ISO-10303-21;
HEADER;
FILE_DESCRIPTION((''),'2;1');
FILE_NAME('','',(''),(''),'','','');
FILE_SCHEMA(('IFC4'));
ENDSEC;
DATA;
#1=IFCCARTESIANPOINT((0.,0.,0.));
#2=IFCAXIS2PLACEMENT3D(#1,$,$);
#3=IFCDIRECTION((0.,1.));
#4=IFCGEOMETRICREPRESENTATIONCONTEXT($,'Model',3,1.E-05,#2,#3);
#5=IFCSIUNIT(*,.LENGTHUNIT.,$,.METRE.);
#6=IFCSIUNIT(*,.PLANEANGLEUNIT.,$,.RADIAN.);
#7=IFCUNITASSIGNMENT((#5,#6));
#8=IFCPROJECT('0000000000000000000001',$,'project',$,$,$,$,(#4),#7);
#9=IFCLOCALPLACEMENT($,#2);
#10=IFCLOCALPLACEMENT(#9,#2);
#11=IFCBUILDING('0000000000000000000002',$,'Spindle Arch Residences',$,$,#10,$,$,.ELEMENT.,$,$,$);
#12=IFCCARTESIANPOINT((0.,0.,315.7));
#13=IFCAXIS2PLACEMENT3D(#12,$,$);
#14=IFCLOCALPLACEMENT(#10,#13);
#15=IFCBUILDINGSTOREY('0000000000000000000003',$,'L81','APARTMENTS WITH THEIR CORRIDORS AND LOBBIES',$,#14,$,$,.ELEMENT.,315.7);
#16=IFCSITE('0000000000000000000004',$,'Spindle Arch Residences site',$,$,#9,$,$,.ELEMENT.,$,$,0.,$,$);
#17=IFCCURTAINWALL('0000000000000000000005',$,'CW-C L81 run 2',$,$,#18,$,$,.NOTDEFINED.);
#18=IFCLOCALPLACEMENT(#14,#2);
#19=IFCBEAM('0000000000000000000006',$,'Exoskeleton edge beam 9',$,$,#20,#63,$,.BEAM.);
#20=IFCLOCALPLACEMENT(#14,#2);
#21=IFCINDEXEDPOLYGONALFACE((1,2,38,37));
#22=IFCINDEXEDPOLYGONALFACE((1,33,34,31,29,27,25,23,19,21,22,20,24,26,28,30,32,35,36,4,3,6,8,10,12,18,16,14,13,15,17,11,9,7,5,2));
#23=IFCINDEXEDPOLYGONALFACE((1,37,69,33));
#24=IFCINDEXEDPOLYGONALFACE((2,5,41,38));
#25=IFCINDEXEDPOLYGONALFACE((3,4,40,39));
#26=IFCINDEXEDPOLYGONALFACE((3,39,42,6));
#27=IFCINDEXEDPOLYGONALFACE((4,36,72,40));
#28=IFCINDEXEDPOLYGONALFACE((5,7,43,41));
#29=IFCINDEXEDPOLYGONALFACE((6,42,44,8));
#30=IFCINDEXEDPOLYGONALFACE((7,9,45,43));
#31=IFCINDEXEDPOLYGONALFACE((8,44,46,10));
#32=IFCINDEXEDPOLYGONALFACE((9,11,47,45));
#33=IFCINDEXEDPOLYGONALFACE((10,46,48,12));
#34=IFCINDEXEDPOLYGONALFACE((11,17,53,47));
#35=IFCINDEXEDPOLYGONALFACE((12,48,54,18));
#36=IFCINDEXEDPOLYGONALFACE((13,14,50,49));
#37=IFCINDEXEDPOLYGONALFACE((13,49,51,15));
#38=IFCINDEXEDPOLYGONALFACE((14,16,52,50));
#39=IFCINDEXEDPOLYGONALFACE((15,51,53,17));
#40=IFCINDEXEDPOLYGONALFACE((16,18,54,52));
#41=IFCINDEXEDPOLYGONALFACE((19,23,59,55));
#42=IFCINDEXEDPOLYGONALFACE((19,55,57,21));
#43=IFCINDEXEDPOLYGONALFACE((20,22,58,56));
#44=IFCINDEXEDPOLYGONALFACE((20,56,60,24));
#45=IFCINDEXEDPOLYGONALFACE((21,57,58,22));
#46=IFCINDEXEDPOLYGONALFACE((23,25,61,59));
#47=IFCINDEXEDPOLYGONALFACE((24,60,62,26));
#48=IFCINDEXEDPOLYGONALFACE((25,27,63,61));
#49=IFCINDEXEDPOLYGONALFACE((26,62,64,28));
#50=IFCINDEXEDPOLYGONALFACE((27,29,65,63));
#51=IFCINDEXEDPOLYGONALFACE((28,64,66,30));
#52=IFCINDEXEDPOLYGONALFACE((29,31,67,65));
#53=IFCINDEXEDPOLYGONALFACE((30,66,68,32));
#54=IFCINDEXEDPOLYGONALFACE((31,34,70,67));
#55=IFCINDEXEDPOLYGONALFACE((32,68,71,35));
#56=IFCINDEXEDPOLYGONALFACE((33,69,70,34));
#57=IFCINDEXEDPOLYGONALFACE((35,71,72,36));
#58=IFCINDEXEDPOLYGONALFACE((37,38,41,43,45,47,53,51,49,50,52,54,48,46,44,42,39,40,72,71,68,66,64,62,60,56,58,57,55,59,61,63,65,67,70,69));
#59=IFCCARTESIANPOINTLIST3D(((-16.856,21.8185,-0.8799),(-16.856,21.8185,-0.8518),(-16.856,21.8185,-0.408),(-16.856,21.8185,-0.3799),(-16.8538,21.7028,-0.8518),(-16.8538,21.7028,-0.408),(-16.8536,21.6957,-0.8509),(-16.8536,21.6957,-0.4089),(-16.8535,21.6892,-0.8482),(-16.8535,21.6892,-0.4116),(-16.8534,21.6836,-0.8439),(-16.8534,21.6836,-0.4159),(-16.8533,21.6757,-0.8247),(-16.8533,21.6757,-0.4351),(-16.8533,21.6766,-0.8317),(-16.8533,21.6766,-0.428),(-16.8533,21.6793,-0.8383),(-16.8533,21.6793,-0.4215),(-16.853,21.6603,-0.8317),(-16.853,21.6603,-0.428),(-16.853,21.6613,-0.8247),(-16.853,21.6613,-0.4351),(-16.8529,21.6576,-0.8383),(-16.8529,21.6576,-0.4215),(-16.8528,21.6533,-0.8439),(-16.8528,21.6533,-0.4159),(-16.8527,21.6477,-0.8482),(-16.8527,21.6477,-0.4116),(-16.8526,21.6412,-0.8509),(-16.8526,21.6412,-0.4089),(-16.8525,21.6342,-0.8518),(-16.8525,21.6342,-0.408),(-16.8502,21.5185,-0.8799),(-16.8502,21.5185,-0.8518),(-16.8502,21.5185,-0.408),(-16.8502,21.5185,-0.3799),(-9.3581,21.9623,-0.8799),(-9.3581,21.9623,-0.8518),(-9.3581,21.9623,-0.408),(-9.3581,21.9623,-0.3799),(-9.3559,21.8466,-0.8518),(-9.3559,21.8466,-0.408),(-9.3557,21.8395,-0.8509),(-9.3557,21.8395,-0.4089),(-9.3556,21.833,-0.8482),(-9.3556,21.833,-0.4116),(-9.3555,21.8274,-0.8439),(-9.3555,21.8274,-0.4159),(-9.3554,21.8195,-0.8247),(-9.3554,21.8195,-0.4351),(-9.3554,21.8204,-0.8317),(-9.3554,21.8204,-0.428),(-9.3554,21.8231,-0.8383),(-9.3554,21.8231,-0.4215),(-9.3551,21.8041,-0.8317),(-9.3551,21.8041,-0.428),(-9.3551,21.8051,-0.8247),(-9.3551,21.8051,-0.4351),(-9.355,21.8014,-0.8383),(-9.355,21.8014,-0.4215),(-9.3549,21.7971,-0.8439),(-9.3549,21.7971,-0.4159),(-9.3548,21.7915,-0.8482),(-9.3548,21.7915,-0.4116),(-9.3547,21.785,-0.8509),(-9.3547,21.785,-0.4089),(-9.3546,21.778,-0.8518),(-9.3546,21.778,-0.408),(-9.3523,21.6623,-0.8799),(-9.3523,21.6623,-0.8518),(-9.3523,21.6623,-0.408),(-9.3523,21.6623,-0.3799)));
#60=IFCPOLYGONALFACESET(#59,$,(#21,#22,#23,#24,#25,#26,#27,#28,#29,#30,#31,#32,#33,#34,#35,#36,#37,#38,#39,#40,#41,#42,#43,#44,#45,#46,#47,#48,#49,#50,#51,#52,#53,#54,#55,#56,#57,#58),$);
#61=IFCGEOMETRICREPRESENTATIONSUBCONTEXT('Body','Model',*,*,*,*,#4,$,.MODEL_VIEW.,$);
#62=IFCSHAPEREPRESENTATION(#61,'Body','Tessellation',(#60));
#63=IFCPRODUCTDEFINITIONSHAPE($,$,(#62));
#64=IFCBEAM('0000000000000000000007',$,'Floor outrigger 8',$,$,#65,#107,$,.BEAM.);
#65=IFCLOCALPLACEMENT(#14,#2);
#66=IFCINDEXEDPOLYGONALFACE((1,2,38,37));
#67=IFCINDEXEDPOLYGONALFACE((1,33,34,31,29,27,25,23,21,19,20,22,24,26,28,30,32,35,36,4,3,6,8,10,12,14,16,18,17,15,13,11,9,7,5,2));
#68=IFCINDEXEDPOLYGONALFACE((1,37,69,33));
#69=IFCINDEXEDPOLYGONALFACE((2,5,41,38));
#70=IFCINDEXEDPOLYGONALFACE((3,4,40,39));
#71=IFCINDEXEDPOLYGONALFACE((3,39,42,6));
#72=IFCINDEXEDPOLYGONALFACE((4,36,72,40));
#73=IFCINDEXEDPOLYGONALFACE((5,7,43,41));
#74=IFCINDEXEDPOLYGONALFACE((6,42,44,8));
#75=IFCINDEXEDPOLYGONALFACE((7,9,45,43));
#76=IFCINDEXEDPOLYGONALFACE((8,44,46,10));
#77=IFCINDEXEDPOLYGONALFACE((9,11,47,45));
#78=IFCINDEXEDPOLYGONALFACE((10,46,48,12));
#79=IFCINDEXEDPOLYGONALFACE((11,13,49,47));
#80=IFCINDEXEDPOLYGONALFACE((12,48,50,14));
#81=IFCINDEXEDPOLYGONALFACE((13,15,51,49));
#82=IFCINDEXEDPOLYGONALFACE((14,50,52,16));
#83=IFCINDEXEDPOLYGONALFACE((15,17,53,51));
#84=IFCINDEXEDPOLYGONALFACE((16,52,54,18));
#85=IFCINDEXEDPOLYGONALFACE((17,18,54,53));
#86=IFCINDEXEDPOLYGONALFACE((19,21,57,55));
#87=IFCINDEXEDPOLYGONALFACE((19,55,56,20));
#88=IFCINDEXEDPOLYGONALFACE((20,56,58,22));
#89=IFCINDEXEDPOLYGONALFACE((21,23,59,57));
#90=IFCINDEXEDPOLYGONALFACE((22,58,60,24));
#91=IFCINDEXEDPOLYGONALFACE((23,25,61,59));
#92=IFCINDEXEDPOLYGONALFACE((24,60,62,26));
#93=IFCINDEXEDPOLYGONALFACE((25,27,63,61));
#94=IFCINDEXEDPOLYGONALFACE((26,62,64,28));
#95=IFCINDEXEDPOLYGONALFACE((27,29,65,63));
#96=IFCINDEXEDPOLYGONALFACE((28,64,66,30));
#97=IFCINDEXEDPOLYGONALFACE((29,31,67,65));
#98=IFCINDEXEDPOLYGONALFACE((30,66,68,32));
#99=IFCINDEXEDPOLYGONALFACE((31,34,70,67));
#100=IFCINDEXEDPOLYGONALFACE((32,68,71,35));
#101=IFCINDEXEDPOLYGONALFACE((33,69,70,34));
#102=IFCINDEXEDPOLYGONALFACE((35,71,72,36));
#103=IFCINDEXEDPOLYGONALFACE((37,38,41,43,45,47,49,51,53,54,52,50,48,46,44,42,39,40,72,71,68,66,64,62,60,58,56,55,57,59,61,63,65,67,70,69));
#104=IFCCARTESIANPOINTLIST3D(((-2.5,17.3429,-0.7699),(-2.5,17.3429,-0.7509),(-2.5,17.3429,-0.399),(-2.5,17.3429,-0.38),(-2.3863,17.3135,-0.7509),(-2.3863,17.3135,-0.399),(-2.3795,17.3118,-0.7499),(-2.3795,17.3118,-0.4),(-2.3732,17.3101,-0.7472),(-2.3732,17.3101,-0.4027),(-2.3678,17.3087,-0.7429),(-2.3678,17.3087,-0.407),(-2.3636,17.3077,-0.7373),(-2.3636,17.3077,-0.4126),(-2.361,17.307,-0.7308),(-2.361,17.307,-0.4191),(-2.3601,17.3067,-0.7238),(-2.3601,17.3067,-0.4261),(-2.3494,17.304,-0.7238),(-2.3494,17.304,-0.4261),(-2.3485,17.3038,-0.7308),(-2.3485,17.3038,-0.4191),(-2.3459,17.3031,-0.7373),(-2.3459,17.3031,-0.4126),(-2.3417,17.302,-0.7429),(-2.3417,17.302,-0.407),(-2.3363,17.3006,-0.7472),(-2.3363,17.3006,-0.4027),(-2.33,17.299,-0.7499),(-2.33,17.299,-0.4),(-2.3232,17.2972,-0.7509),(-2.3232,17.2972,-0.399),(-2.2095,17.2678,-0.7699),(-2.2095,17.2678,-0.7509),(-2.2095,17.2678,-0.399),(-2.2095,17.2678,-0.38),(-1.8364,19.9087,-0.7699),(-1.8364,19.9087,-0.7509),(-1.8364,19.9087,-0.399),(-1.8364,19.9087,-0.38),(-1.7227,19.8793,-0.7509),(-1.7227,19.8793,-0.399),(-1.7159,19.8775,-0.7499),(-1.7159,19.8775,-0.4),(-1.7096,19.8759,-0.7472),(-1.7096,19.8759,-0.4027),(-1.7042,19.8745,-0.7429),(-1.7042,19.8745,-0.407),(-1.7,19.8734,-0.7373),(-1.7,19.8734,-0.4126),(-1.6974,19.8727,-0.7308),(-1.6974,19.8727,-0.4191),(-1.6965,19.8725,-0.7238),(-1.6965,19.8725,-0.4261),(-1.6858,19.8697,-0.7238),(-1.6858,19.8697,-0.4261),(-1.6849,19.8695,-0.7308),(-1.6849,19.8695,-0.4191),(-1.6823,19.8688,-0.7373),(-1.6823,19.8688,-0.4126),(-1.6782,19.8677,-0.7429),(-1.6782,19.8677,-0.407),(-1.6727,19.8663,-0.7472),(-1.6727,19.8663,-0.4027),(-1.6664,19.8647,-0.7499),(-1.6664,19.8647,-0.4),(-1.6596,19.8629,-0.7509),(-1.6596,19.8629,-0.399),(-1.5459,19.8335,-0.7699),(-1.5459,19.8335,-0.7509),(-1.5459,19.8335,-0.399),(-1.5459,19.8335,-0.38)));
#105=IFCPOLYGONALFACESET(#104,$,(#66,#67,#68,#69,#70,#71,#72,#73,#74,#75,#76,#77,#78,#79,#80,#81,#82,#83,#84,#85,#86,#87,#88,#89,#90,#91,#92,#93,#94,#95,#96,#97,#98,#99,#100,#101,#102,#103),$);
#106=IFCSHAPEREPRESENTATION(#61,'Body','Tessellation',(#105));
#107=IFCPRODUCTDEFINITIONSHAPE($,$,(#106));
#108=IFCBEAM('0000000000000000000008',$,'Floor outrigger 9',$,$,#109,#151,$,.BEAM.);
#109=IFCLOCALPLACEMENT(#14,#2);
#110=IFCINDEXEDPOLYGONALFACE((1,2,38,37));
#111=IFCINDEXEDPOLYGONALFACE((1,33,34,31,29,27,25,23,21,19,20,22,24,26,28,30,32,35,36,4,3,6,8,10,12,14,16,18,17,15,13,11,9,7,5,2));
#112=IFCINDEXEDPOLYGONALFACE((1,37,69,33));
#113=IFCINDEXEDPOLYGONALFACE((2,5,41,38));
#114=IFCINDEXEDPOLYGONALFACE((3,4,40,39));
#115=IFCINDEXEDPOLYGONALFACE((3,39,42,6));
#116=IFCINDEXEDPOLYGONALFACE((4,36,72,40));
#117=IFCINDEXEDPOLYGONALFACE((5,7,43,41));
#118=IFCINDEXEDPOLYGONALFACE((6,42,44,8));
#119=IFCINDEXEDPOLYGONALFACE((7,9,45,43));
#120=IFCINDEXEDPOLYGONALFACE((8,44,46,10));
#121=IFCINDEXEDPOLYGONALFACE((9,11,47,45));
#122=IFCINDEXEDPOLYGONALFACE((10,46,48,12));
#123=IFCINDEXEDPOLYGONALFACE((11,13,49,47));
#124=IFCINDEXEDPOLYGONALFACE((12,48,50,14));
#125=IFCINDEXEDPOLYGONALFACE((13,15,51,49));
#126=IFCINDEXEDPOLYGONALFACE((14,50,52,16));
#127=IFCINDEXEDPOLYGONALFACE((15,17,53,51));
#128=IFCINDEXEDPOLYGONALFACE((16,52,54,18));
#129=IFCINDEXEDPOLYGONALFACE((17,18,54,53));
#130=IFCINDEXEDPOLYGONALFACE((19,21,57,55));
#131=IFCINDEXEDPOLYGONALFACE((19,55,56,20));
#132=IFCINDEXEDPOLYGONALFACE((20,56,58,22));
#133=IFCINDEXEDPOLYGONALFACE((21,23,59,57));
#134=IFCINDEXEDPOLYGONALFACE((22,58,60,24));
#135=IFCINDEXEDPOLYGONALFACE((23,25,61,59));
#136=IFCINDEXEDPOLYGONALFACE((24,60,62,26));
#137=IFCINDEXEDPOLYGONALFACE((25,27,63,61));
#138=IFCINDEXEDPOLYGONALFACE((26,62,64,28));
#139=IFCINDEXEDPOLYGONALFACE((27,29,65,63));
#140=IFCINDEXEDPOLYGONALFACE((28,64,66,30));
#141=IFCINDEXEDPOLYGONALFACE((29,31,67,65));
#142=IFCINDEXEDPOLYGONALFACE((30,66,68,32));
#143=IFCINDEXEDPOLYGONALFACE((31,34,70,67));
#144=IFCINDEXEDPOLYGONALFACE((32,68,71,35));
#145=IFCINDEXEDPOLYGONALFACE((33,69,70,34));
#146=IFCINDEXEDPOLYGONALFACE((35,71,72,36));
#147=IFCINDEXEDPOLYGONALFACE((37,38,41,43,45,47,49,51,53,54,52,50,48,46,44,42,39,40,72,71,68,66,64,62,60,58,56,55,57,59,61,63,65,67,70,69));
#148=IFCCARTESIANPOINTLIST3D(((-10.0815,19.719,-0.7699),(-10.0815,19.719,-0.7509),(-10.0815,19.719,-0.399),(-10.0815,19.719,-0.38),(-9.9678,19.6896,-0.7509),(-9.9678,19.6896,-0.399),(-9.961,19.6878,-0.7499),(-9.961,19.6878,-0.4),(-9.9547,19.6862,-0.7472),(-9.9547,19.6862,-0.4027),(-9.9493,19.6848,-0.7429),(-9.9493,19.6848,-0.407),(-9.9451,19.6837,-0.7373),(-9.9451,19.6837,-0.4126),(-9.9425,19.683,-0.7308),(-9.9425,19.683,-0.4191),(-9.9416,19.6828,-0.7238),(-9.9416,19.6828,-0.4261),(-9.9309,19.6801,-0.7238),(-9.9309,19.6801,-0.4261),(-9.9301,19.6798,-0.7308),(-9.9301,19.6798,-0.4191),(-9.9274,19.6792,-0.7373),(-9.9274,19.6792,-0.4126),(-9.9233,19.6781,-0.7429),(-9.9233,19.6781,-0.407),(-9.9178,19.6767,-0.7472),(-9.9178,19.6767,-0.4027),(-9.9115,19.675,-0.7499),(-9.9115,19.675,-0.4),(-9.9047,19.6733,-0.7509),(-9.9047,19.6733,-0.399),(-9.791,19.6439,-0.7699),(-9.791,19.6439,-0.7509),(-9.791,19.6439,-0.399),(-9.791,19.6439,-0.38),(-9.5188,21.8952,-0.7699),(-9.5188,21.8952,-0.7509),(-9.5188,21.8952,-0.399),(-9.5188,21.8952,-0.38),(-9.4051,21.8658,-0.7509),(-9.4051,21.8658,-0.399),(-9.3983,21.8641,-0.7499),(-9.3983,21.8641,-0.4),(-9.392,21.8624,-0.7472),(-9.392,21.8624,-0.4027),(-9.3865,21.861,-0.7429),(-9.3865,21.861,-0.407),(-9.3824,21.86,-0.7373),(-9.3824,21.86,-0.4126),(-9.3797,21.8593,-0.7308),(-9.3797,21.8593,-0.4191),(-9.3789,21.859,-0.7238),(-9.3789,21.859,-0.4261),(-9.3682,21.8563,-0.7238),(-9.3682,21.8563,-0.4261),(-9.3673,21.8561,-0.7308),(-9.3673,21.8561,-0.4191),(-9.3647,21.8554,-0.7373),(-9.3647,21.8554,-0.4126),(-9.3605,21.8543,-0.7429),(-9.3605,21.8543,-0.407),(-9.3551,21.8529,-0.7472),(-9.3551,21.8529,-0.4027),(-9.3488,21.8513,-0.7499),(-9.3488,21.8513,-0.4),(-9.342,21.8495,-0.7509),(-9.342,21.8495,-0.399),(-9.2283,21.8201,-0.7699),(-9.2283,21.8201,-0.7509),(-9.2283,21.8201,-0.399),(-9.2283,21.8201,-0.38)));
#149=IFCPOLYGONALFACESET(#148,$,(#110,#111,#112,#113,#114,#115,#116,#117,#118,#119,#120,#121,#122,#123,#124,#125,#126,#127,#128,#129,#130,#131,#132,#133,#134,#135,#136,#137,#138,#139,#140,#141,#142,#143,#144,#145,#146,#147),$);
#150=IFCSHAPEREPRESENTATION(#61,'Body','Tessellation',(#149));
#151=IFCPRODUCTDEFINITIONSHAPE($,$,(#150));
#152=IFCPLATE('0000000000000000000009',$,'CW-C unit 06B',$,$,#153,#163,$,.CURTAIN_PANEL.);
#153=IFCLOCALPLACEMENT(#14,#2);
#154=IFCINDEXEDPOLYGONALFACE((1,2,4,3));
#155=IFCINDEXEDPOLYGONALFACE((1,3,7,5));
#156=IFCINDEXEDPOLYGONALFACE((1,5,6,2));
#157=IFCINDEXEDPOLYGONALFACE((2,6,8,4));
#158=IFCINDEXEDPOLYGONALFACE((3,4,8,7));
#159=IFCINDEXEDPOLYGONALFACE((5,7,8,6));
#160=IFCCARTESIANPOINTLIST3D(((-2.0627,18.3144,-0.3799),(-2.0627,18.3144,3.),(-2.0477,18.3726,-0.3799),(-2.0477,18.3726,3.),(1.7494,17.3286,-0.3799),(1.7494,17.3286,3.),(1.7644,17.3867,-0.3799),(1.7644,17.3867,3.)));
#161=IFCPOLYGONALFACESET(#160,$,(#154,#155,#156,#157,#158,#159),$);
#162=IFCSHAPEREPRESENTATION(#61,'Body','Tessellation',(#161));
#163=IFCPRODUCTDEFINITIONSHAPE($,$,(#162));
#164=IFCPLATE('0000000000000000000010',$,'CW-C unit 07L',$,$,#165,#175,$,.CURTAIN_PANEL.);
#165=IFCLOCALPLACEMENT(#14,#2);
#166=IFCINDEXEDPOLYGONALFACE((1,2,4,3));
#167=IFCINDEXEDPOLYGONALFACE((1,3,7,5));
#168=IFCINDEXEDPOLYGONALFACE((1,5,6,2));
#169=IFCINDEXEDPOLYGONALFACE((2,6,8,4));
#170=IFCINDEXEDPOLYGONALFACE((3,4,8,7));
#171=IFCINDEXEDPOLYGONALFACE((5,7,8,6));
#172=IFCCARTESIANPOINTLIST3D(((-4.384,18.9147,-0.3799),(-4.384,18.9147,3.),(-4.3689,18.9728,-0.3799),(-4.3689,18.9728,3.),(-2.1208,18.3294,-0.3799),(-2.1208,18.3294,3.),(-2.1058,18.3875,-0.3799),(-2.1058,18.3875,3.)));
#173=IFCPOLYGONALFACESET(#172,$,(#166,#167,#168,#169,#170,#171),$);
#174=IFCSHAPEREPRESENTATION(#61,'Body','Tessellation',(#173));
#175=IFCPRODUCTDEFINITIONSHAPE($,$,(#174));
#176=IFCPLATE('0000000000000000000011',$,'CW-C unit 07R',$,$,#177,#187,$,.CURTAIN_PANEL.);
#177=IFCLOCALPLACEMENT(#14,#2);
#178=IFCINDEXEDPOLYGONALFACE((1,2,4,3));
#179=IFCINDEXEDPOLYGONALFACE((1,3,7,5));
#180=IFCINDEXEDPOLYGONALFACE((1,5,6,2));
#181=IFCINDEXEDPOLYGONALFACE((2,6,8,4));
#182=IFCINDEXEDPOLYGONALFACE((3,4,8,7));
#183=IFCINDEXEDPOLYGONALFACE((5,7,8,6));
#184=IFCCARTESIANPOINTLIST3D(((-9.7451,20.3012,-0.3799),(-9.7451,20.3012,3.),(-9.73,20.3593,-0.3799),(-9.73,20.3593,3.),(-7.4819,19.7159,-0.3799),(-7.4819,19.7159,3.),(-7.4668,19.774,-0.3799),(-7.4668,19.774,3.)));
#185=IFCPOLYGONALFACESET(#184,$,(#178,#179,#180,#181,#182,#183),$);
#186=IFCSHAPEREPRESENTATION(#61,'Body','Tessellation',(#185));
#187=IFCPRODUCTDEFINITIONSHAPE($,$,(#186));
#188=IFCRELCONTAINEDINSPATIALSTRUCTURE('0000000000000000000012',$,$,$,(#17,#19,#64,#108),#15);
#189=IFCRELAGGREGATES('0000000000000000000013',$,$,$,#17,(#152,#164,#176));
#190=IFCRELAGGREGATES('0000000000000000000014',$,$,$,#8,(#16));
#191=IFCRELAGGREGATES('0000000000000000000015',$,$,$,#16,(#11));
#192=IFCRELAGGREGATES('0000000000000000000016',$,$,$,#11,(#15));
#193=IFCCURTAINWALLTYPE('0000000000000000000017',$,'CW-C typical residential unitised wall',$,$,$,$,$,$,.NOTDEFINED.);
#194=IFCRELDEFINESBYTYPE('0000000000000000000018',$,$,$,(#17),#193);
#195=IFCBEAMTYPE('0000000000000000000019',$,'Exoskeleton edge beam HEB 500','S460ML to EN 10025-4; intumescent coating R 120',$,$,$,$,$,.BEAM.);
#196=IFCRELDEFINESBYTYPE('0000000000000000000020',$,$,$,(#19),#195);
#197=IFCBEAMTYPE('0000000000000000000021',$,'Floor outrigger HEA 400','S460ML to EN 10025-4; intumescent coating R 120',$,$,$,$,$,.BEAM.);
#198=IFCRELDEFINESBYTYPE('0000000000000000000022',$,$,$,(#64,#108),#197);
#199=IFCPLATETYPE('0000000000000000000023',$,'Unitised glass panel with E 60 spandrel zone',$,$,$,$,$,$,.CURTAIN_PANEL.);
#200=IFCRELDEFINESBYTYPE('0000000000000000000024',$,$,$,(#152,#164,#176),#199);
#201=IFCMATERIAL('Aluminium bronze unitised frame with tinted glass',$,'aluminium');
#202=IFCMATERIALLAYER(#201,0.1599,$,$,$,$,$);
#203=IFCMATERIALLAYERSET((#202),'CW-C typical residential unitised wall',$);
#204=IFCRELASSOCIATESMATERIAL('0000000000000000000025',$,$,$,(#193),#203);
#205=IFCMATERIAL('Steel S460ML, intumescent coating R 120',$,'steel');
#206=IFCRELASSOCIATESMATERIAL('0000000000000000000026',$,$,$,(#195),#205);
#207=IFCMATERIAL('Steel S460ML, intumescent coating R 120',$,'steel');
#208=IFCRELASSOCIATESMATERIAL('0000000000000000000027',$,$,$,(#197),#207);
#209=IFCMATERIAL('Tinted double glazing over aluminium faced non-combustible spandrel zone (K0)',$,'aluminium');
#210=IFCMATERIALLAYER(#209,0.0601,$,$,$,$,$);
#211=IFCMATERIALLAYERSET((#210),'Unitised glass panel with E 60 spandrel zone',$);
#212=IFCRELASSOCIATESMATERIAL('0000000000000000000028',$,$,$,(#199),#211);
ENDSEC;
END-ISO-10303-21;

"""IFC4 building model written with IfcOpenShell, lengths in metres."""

from ifc_helpers import new_model, si_unit, direction, frame, origin, origin_2d, place, context, subcontext, project, spatial, rectangle, i_section, extrude, material, layer, layer_set, material_profile, profile_set, type_object, element, aggregate, save


model = new_model("IFC4")

# Units and contexts
model_context = context("Model", 3, precision=1e-05, world=origin(), true_north=direction((0.0, 1.0)))
body_context = subcontext(model_context, "Body", "Model", "MODEL_VIEW")
ifc_project = project(units=[si_unit("LENGTHUNIT", "METRE"), si_unit("PLANEANGLEUNIT", "RADIAN")], contexts=[model_context])

# Site, building, storey
site_placement = place(None, origin())
site = spatial("IfcSite", under=ifc_project, at=site_placement, Name="Spindle Arch Residences site", CompositionType="ELEMENT", RefElevation=0.0)
building_placement = place(site_placement, origin())
building = spatial("IfcBuilding", under=site, at=building_placement, Name="Spindle Arch Residences", CompositionType="ELEMENT")
storey_placement = place(building_placement, frame((0.0, 0.0, 315.7)))
storey = spatial("IfcBuildingStorey", under=building, at=storey_placement, Name="L81", Description="APARTMENTS WITH THEIR CORRIDORS AND LOBBIES", CompositionType="ELEMENT", Elevation=315.7)

# Curtain wall
ifc_material_1 = material(Name="Aluminium bronze unitised frame with tinted glass", Category="aluminium")
ifc_layer_1 = layer(ifc_material_1, 0.1599)
ifc_layer_set_1 = layer_set([ifc_layer_1], Name="CW-C typical residential unitised wall")
curtain_wall_type_1 = type_object("IfcCurtainWallType", Name="CW-C typical residential unitised wall", PredefinedType="NOTDEFINED", material=ifc_layer_set_1)
curtain_wall_1_placement = place(storey_placement, origin())
curtain_wall_1 = element("IfcCurtainWall", 1, at=curtain_wall_1_placement, inside=storey, type_object=curtain_wall_type_1, Name="CW-C L81 run 2", PredefinedType="NOTDEFINED")

# Beams
ifc_material_2 = material(Name="Steel S460ML, intumescent coating R 120", Category="steel")
ifc_material_profile_1 = material_profile(ifc_material_2, i_section(OverallWidth=0.3, OverallDepth=0.5, WebThickness=0.0144, FlangeThickness=0.0281, FilletRadius=0.0271, at=origin_2d()), Name="HEB 500")
ifc_profile_set_1 = profile_set([ifc_material_profile_1], Name="Steel S460ML, intumescent coating R 120")
beam_type_1 = type_object("IfcBeamType", Name="Exoskeleton edge beam HEB 500", Description="S460ML to EN 10025-4; intumescent coating R 120", PredefinedType="BEAM", material=ifc_profile_set_1)
beam_1_placement = place(storey_placement, frame((-9.3552, 21.8123, -0.6299), z_axis=(-0.999816, -0.019175, 0.0), x_axis=(0.019175, -0.999816, 0.0)))
element("IfcBeam", 2, at=beam_1_placement, inside=storey, type_object=beam_type_1, Name="Exoskeleton edge beam 9", PredefinedType="BEAM", context=body_context, shape_type="SweptSolid", body=[
    extrude(i_section(OverallWidth=0.3, OverallDepth=0.5, WebThickness=0.0144, FlangeThickness=0.0281, FilletRadius=0.0271, at=origin_2d()), origin(), (0.0, 0.0, 1.0), 7.4993),
])
ifc_material_3 = material(Name="Steel S460ML, intumescent coating R 120", Category="steel")
ifc_material_profile_2 = material_profile(ifc_material_3, i_section(OverallWidth=0.3, OverallDepth=0.3899, WebThickness=0.011, FlangeThickness=0.019, FilletRadius=0.0271, at=origin_2d()), Name="HEA 400")
ifc_profile_set_2 = profile_set([ifc_material_profile_2], Name="Steel S460ML, intumescent coating R 120")
beam_type_2 = type_object("IfcBeamType", Name="Floor outrigger HEA 400", Description="S460ML to EN 10025-4; intumescent coating R 120", PredefinedType="BEAM", material=ifc_profile_set_2)
beam_2_placement = place(storey_placement, frame((-1.6912, 19.8711, -0.575), z_axis=(-0.250396, -0.968143, 0.0), x_axis=(0.968143, -0.250396, 0.0)))
element("IfcBeam", 3, at=beam_2_placement, inside=storey, type_object=beam_type_2, Name="Floor outrigger 8", PredefinedType="BEAM", context=body_context, shape_type="SweptSolid", body=[
    extrude(i_section(OverallWidth=0.3, OverallDepth=0.3899, WebThickness=0.011, FlangeThickness=0.019, FilletRadius=0.0271, at=origin_2d()), origin(), (0.0, 0.0, 1.0), 2.6501),
])
beam_3_placement = place(storey_placement, frame((-9.3735, 21.8577, -0.575), z_axis=(-0.250348, -0.968156, 0.0), x_axis=(0.968156, -0.250348, 0.0)))
element("IfcBeam", 4, at=beam_3_placement, inside=storey, type_object=beam_type_2, Name="Floor outrigger 9", PredefinedType="BEAM", context=body_context, shape_type="SweptSolid", body=[
    extrude(i_section(OverallWidth=0.3, OverallDepth=0.3899, WebThickness=0.011, FlangeThickness=0.019, FilletRadius=0.0271, at=origin_2d()), origin(), (0.0, 0.0, 1.0), 2.2478),
])

# Plates
ifc_material_4 = material(Name="Tinted double glazing over aluminium faced non-combustible spandrel zone (K0)", Category="aluminium")
ifc_layer_2 = layer(ifc_material_4, 0.0601)
ifc_layer_set_2 = layer_set([ifc_layer_2], Name="Unitised glass panel with E 60 spandrel zone")
plate_type = type_object("IfcPlateType", Name="Unitised glass panel with E 60 spandrel zone", PredefinedType="CURTAIN_PANEL", material=ifc_layer_set_2)
plate_1_placement = place(storey_placement, frame((-0.1492, 17.8506, -0.3799), z_axis=(0.0, 0.0, 1.0), x_axis=(-0.968148, 0.25038, 0.0)))
plate_1 = element("IfcPlate", 5, at=plate_1_placement, type_object=plate_type, Name="CW-C unit 06B", PredefinedType="CURTAIN_PANEL", context=body_context, shape_type="SweptSolid", body=[
    extrude(rectangle(XDim=3.9375, YDim=0.0601, at=origin_2d()), origin(), (0.0, 0.0, 1.0), 3.3799),
])
plate_2_placement = place(storey_placement, frame((-3.2449, 18.6511, -0.3799), z_axis=(0.0, 0.0, 1.0), x_axis=(-0.968148, 0.25038, 0.0)))
plate_2 = element("IfcPlate", 6, at=plate_2_placement, type_object=plate_type, Name="CW-C unit 07L", PredefinedType="CURTAIN_PANEL", context=body_context, shape_type="SweptSolid", body=[
    extrude(rectangle(XDim=2.3376, YDim=0.0601, at=origin_2d()), origin(), (0.0, 0.0, 1.0), 3.3799),
])
plate_3_placement = place(storey_placement, frame((-8.606, 20.0376, -0.3799), z_axis=(0.0, 0.0, 1.0), x_axis=(-0.968148, 0.25038, 0.0)))
plate_3 = element("IfcPlate", 7, at=plate_3_placement, type_object=plate_type, Name="CW-C unit 07R", PredefinedType="CURTAIN_PANEL", context=body_context, shape_type="SweptSolid", body=[
    extrude(rectangle(XDim=2.3376, YDim=0.0601, at=origin_2d()), origin(), (0.0, 0.0, 1.0), 3.3799),
])
aggregate(curtain_wall_1, [plate_1, plate_2, plate_3])

save(model, "model.ifc")
